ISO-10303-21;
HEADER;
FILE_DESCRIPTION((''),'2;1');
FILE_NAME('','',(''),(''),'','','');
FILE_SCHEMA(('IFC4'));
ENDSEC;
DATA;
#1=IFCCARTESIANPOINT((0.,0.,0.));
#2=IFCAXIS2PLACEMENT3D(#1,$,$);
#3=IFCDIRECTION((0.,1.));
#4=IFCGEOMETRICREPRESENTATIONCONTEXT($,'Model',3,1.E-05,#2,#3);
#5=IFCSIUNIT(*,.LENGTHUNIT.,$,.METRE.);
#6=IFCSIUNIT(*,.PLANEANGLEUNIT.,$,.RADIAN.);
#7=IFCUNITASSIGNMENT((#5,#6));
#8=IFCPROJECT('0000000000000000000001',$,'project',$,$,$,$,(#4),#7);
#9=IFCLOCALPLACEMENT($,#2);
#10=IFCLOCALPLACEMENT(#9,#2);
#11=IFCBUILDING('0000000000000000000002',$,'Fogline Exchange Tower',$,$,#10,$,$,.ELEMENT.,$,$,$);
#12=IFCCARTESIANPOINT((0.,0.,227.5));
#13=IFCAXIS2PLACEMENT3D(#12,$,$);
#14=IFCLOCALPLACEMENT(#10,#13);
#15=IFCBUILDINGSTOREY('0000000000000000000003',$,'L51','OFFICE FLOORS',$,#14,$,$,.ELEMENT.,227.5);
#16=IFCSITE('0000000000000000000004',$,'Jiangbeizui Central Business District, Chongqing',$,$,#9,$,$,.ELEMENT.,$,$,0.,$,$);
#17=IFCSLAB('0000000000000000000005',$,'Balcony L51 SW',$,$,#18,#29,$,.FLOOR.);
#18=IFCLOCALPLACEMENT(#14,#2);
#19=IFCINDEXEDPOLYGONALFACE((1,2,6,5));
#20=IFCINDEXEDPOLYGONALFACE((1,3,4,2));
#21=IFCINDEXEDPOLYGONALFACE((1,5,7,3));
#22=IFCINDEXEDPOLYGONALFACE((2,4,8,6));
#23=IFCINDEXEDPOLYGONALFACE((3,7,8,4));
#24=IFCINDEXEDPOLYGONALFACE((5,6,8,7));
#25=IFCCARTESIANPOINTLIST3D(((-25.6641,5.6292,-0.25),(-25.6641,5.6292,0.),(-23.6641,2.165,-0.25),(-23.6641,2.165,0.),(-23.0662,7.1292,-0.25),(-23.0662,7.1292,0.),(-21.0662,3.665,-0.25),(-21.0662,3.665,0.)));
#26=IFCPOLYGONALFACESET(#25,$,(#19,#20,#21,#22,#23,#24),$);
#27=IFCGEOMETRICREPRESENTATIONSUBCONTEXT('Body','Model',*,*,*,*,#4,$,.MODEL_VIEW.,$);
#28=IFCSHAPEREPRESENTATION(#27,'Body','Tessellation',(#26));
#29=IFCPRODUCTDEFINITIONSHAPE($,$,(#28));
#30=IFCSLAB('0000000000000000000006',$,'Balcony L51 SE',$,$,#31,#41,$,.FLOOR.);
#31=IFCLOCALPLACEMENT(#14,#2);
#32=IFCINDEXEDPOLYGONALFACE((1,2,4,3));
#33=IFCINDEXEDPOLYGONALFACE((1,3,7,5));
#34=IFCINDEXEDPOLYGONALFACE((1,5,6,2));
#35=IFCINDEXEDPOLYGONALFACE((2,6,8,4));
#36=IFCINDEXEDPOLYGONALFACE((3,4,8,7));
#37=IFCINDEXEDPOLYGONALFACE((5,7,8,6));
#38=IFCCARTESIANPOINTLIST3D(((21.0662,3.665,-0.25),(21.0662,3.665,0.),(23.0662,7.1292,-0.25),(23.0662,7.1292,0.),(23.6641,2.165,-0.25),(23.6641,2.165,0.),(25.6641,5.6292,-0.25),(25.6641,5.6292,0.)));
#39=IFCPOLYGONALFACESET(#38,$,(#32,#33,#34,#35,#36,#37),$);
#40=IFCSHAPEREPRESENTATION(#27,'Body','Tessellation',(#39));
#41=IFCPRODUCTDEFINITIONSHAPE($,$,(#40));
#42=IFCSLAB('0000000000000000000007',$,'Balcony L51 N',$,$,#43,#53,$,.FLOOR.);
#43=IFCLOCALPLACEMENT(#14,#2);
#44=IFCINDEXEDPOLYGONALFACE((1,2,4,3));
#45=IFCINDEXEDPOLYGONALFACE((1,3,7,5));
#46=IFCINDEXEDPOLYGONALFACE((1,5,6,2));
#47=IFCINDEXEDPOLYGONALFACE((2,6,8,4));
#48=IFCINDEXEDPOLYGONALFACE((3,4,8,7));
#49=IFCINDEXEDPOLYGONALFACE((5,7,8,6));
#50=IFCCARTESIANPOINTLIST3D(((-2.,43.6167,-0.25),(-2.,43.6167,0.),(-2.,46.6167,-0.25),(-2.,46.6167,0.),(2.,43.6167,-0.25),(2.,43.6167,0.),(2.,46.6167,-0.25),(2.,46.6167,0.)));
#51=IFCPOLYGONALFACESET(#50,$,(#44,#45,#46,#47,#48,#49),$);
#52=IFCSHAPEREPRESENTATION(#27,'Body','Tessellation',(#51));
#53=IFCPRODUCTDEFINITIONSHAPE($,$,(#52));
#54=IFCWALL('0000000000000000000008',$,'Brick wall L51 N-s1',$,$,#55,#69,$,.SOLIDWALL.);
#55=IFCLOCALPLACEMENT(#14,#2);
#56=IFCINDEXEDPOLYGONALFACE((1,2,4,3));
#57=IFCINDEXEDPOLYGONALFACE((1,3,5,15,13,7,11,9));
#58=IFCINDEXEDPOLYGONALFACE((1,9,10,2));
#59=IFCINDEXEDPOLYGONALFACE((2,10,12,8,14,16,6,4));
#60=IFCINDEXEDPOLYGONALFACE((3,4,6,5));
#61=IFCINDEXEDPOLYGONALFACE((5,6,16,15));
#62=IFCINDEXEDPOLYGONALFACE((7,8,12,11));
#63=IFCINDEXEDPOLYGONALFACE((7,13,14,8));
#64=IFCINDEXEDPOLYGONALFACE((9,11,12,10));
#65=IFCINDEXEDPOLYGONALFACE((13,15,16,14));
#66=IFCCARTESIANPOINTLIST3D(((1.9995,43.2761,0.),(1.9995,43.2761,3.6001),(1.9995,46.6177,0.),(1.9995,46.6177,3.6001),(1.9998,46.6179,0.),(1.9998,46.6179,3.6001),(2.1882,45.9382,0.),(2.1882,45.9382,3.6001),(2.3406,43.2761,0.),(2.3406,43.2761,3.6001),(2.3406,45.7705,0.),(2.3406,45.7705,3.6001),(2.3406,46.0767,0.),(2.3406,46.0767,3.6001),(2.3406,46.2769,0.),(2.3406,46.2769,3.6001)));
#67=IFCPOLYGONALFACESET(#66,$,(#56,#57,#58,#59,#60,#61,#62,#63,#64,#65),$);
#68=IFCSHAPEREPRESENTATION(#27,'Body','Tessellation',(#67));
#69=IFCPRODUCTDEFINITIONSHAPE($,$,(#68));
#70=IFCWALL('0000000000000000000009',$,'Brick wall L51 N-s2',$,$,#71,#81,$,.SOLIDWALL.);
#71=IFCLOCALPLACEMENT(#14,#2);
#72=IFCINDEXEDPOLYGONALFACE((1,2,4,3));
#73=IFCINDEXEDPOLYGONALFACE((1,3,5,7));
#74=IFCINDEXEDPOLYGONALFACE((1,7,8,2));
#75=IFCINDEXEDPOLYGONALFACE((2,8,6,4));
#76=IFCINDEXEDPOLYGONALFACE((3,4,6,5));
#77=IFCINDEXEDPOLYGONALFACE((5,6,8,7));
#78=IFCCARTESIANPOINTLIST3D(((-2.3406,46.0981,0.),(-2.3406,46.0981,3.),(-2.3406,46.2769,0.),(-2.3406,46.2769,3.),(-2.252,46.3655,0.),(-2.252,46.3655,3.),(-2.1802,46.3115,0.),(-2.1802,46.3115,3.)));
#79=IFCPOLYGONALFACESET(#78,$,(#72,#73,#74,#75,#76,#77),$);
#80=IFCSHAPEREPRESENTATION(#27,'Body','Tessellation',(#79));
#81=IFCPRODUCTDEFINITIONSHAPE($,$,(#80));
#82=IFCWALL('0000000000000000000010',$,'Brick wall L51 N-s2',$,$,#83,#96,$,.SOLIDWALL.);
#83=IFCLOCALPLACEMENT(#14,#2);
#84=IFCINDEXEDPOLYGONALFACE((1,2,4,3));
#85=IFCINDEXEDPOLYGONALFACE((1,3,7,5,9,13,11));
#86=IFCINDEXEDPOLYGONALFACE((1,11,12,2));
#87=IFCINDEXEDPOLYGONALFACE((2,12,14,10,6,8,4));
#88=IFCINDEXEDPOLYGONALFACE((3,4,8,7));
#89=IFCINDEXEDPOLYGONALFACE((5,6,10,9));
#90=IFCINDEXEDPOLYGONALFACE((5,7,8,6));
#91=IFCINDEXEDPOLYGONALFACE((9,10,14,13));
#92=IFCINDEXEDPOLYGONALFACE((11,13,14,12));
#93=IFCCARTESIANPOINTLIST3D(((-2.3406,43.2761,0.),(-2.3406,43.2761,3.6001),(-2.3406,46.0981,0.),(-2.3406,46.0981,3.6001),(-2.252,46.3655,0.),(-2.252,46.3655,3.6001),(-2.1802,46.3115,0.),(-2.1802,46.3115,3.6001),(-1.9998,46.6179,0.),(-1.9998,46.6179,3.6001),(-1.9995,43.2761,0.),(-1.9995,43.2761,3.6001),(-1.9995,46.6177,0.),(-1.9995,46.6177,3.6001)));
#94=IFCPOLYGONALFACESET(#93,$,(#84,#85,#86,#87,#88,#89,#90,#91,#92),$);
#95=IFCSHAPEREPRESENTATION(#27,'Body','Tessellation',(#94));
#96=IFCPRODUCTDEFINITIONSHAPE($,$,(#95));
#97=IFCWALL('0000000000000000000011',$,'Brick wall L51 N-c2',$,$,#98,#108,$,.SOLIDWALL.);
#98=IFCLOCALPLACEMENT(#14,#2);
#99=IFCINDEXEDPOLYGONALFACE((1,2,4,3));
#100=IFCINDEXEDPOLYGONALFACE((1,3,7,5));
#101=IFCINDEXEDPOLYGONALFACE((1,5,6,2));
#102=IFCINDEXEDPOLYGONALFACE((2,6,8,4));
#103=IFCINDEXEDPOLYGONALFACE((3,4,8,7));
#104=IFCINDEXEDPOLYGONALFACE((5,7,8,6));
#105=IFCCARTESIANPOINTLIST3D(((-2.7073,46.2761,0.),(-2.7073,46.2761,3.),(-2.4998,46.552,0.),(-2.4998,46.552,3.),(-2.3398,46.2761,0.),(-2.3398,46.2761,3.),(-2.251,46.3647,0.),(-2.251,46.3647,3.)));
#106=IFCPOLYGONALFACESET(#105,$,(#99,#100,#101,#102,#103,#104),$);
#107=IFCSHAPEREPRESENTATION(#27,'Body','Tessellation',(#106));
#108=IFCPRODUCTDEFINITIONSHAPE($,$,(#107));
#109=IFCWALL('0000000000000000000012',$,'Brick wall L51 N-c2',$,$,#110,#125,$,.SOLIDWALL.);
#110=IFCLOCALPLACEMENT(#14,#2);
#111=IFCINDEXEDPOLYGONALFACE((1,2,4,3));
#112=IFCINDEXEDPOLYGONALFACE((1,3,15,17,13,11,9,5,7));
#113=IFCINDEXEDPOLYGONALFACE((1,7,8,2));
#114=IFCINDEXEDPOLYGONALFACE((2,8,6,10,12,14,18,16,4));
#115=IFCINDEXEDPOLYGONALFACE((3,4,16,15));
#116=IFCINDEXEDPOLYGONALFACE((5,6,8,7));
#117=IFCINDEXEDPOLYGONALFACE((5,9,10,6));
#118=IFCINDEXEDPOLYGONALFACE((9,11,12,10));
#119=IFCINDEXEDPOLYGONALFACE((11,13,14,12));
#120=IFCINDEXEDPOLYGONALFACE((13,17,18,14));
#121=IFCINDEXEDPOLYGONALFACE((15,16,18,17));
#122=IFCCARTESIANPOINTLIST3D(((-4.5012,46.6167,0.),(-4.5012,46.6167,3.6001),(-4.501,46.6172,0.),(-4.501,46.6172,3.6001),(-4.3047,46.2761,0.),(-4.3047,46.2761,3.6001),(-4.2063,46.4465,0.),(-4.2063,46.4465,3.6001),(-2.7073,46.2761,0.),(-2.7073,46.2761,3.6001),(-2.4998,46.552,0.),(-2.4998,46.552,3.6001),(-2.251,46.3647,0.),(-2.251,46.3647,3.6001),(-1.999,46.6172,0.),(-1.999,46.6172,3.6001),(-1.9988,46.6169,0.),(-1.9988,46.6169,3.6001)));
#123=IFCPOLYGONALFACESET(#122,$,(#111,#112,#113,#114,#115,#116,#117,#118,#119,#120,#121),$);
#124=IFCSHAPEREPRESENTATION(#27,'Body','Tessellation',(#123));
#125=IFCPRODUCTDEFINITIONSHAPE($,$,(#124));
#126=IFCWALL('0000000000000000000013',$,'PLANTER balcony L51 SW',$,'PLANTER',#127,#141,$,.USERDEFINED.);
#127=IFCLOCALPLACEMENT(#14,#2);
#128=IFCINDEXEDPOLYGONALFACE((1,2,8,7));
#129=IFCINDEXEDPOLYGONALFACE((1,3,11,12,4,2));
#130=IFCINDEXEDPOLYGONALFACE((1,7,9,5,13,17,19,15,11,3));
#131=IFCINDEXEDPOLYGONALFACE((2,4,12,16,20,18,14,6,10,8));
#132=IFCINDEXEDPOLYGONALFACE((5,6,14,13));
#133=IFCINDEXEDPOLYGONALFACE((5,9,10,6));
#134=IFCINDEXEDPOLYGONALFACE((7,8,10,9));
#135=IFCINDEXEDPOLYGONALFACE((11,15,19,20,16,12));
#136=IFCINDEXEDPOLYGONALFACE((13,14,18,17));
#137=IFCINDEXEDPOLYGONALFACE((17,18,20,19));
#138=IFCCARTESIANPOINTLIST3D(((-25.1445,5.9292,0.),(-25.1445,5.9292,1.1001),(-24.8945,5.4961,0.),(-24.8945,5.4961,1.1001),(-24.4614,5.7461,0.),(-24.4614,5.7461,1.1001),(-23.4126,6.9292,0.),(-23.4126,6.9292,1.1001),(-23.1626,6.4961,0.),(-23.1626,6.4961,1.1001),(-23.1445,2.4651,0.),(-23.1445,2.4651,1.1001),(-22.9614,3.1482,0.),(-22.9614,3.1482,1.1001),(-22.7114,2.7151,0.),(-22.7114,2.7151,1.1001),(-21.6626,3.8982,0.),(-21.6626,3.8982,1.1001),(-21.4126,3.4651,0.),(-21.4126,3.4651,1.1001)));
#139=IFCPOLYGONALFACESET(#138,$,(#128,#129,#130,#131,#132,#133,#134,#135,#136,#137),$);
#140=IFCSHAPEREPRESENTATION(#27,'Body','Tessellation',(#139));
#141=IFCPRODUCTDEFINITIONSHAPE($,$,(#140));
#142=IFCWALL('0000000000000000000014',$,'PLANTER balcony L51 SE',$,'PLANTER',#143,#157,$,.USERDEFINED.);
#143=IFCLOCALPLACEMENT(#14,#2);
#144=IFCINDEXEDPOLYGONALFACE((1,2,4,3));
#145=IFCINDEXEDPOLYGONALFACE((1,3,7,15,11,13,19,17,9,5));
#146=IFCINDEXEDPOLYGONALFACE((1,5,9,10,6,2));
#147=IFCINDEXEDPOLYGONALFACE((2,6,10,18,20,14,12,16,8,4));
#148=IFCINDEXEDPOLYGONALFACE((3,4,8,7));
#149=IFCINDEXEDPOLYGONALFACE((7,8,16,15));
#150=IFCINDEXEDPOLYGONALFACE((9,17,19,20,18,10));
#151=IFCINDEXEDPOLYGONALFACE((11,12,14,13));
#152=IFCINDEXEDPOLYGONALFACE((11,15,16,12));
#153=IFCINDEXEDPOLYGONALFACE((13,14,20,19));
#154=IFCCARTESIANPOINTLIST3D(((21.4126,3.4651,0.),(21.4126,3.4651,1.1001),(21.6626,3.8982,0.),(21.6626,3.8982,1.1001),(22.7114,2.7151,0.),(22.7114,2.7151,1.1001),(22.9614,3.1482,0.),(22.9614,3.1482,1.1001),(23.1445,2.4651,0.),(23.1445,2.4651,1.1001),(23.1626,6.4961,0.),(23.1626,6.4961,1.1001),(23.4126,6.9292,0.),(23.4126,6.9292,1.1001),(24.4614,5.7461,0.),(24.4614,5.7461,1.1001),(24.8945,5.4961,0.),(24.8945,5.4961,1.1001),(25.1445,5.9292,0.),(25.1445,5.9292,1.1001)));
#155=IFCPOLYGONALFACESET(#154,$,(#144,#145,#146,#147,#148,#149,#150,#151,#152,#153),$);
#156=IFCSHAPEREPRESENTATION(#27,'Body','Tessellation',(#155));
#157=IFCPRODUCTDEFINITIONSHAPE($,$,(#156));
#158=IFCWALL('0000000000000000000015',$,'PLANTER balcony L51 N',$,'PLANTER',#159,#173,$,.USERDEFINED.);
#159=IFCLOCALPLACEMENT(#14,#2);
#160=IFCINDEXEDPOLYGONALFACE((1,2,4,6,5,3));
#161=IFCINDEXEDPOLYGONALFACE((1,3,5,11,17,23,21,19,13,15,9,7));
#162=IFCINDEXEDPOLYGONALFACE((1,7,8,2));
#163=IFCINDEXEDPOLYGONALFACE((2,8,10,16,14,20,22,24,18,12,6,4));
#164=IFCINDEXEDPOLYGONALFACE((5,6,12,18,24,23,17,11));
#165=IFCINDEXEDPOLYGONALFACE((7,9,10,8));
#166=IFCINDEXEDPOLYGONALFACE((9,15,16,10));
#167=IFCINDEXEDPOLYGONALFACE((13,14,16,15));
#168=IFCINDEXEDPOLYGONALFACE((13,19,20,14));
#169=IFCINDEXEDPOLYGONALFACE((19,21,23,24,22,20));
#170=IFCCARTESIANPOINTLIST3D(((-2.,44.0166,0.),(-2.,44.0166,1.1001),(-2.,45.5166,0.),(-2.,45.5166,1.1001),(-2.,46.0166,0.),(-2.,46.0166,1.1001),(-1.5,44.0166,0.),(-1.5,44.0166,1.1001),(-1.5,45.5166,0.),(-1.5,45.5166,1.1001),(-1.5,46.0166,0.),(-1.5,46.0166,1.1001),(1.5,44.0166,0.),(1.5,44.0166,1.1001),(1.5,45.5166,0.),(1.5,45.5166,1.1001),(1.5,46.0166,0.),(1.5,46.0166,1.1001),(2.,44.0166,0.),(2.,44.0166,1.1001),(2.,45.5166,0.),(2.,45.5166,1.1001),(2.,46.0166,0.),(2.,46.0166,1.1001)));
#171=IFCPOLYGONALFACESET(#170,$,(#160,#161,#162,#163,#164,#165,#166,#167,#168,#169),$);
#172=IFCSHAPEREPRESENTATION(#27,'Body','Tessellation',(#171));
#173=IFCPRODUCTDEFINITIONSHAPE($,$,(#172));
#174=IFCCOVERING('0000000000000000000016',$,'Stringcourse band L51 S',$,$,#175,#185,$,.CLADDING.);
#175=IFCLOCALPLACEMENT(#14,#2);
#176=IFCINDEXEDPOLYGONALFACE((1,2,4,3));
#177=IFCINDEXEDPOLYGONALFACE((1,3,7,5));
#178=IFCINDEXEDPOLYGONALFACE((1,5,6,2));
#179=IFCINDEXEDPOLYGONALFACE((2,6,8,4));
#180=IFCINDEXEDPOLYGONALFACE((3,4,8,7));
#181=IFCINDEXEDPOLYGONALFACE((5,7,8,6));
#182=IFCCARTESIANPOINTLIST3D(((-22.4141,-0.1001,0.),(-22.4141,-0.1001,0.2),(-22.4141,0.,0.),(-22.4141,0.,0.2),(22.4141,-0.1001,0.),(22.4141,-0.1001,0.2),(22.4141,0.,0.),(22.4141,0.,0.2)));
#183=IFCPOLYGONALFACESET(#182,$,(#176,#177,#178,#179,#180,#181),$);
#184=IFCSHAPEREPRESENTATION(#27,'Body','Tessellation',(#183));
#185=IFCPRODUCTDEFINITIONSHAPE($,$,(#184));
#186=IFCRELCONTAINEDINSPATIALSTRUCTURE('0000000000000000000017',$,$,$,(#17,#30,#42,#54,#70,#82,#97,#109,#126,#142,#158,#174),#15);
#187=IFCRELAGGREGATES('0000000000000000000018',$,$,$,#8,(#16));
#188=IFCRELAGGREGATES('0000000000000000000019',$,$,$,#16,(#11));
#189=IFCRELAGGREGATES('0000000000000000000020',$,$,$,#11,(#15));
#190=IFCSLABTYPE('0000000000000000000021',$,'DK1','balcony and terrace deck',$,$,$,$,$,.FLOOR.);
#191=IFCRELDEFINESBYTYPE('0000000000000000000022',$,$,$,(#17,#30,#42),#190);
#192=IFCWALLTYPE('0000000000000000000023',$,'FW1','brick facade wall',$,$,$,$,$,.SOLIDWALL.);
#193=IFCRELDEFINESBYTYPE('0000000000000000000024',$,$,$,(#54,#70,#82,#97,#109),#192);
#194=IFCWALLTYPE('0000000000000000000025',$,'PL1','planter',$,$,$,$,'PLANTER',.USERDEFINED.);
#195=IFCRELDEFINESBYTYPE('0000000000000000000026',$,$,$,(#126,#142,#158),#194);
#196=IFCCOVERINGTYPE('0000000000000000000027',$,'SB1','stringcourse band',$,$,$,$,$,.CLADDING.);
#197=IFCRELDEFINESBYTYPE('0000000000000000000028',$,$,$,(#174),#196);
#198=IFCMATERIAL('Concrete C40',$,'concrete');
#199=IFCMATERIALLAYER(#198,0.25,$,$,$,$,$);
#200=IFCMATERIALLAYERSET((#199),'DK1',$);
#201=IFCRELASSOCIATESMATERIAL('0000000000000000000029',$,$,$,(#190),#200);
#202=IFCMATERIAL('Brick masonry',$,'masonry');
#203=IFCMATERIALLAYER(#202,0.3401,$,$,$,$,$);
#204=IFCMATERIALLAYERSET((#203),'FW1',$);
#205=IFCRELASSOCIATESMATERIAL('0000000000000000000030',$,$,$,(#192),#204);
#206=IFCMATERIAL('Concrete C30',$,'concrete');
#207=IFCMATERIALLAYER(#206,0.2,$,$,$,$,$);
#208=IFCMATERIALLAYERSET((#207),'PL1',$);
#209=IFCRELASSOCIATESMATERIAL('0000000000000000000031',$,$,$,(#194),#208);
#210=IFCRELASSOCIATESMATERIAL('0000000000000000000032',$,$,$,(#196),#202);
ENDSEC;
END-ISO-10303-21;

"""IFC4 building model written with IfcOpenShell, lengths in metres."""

from ifc_helpers import new_model, si_unit, direction, frame, origin, place, context, subcontext, project, spatial, polyline, outline, extrude, material, layer, layer_set, type_object, element, save


model = new_model("IFC4")

# Units and contexts
model_context = context("Model", 3, precision=1e-05, world=origin(), true_north=direction((0.0, 1.0)))
body_context = subcontext(model_context, "Body", "Model", "MODEL_VIEW")
ifc_project = project(units=[si_unit("LENGTHUNIT", "METRE"), si_unit("PLANEANGLEUNIT", "RADIAN")], contexts=[model_context])

# Site, building, storey
site_placement = place(None, origin())
site = spatial("IfcSite", under=ifc_project, at=site_placement, Name="Jiangbeizui Central Business District, Chongqing", CompositionType="ELEMENT", RefElevation=0.0)
building_placement = place(site_placement, origin())
building = spatial("IfcBuilding", under=site, at=building_placement, Name="Fogline Exchange Tower", CompositionType="ELEMENT")
storey_placement = place(building_placement, frame((0.0, 0.0, 227.5)))
storey = spatial("IfcBuildingStorey", under=building, at=storey_placement, Name="L51", Description="OFFICE FLOORS", CompositionType="ELEMENT", Elevation=227.5)

# Slabs
ifc_material_1 = material(Name="Concrete C40", Category="concrete")
ifc_layer_1 = layer(ifc_material_1, 0.25)
ifc_layer_set_1 = layer_set([ifc_layer_1], Name="DK1")
slab_type = type_object("IfcSlabType", Name="DK1", Description="balcony and terrace deck", PredefinedType="FLOOR", material=ifc_layer_set_1)
slab_1_placement = place(storey_placement, frame((0.0, 0.0, -0.25)))
element("IfcSlab", 1, at=slab_1_placement, inside=storey, type_object=slab_type, Name="Balcony L51 SW", PredefinedType="FLOOR", context=body_context, shape_type="SweptSolid", body=[
    extrude(outline(polyline([(-25.6641, 5.6292), (-23.6641, 2.165), (-21.0662, 3.665), (-23.0662, 7.1292), (-25.6641, 5.6292)])), origin(), (0.0, 0.0, 1.0), 0.25),
])
slab_2_placement = place(storey_placement, frame((0.0, 0.0, -0.25)))
element("IfcSlab", 2, at=slab_2_placement, inside=storey, type_object=slab_type, Name="Balcony L51 SE", PredefinedType="FLOOR", context=body_context, shape_type="SweptSolid", body=[
    extrude(outline(polyline([(23.6641, 2.165), (25.6641, 5.6292), (23.0662, 7.1292), (21.0662, 3.665), (23.6641, 2.165)])), origin(), (0.0, 0.0, 1.0), 0.25),
])
slab_3_placement = place(storey_placement, frame((0.0, 0.0, -0.25)))
element("IfcSlab", 3, at=slab_3_placement, inside=storey, type_object=slab_type, Name="Balcony L51 N", PredefinedType="FLOOR", context=body_context, shape_type="SweptSolid", body=[
    extrude(outline(polyline([(2.0, 46.6167), (-2.0, 46.6167), (-2.0, 43.6167), (2.0, 43.6167), (2.0, 46.6167)])), origin(), (0.0, 0.0, 1.0), 0.25),
])

# Walls
ifc_material_2 = material(Name="Brick masonry", Category="masonry")
ifc_layer_2 = layer(ifc_material_2, 0.3401)
ifc_layer_set_2 = layer_set([ifc_layer_2], Name="FW1")
wall_type_1 = type_object("IfcWallType", Name="FW1", Description="brick facade wall", PredefinedType="SOLIDWALL", material=ifc_layer_set_2)
wall_1_placement = place(storey_placement, origin())
element("IfcWall", 4, at=wall_1_placement, inside=storey, type_object=wall_type_1, Name="Brick wall L51 N-s1", PredefinedType="SOLIDWALL", context=body_context, shape_type="SweptSolid", body=[
    extrude(outline(polyline([(1.9995, 43.2761), (1.9995, 46.6177), (1.9998, 46.6179), (2.3406, 46.2769), (2.3406, 46.0767), (2.1882, 45.9382), (2.3406, 45.7705), (2.3406, 43.2761), (1.9995, 43.2761)])), origin(), (0.0, 0.0, 1.0), 3.6001),
])
wall_2_placement = place(storey_placement, origin())
element("IfcWall", 5, at=wall_2_placement, inside=storey, type_object=wall_type_1, Name="Brick wall L51 N-s2", PredefinedType="SOLIDWALL", context=body_context, shape_type="SweptSolid", body=[
    extrude(outline(polyline([(-2.3406, 46.2769), (-2.252, 46.3655), (-2.1802, 46.3115), (-2.3406, 46.0981), (-2.3406, 46.2769)])), origin(), (0.0, 0.0, 1.0), 3.0),
])
wall_3_placement = place(storey_placement, origin())
element("IfcWall", 6, at=wall_3_placement, inside=storey, type_object=wall_type_1, Name="Brick wall L51 N-s2", PredefinedType="SOLIDWALL", context=body_context, shape_type="SweptSolid", body=[
    extrude(outline(polyline([(-1.9995, 43.2761), (-2.3406, 43.2761), (-2.3406, 46.0981), (-2.1802, 46.3115), (-2.252, 46.3655), (-1.9998, 46.6179), (-1.9995, 46.6177), (-1.9995, 43.2761)])), origin(), (0.0, 0.0, 1.0), 3.6001),
])
wall_4_placement = place(storey_placement, origin())
element("IfcWall", 7, at=wall_4_placement, inside=storey, type_object=wall_type_1, Name="Brick wall L51 N-c2", PredefinedType="SOLIDWALL", context=body_context, shape_type="SweptSolid", body=[
    extrude(outline(polyline([(-2.3398, 46.2761), (-2.7073, 46.2761), (-2.4998, 46.552), (-2.251, 46.3647), (-2.3398, 46.2761)])), origin(), (0.0, 0.0, 1.0), 3.0),
])
wall_5_placement = place(storey_placement, origin())
element("IfcWall", 8, at=wall_5_placement, inside=storey, type_object=wall_type_1, Name="Brick wall L51 N-c2", PredefinedType="SOLIDWALL", context=body_context, shape_type="SweptSolid", body=[
    extrude(outline(polyline([(-4.2063, 46.4465), (-4.5012, 46.6167), (-4.501, 46.6172), (-1.999, 46.6172), (-1.9988, 46.6169), (-2.251, 46.3647), (-2.4998, 46.552), (-2.7073, 46.2761), (-4.3047, 46.2761), (-4.2063, 46.4465)])), origin(), (0.0, 0.0, 1.0), 3.6001),
])
ifc_material_3 = material(Name="Concrete C30", Category="concrete")
ifc_layer_3 = layer(ifc_material_3, 0.2)
ifc_layer_set_3 = layer_set([ifc_layer_3], Name="PL1")
wall_type_2 = type_object("IfcWallType", Name="PL1", Description="planter", ElementType="PLANTER", PredefinedType="USERDEFINED", material=ifc_layer_set_3)
wall_6_placement = place(storey_placement, origin())
element("IfcWall", 9, at=wall_6_placement, inside=storey, type_object=wall_type_2, Name="PLANTER balcony L51 SW", ObjectType="PLANTER", PredefinedType="USERDEFINED", context=body_context, shape_type="SweptSolid", body=[
    extrude(outline(polyline([(-21.6626, 3.8982), (-22.9614, 3.1482), (-24.4614, 5.7461), (-23.1626, 6.4961), (-23.4126, 6.9292), (-25.1445, 5.9292), (-24.8945, 5.4961), (-23.1445, 2.4651), (-22.7114, 2.7151), (-22.7114, 2.7151), (-21.4126, 3.4651), (-21.6626, 3.8982)])), origin(), (0.0, 0.0, 1.0), 1.1001),
])
wall_7_placement = place(storey_placement, origin())
element("IfcWall", 10, at=wall_7_placement, inside=storey, type_object=wall_type_2, Name="PLANTER balcony L51 SE", ObjectType="PLANTER", PredefinedType="USERDEFINED", context=body_context, shape_type="SweptSolid", body=[
    extrude(outline(polyline([(21.4126, 3.4651), (22.7114, 2.7151), (22.7114, 2.7151), (23.1445, 2.4651), (24.8945, 5.4961), (25.1445, 5.9292), (23.4126, 6.9292), (23.1626, 6.4961), (24.4614, 5.7461), (22.9614, 3.1482), (21.6626, 3.8982), (21.4126, 3.4651)])), origin(), (0.0, 0.0, 1.0), 1.1001),
])
wall_8_placement = place(storey_placement, origin())
element("IfcWall", 11, at=wall_8_placement, inside=storey, type_object=wall_type_2, Name="PLANTER balcony L51 N", ObjectType="PLANTER", PredefinedType="USERDEFINED", context=body_context, shape_type="SweptSolid", body=[
    extrude(outline(polyline([(-1.5, 46.0166), (-2.0, 46.0166), (-2.0, 45.5166), (-2.0, 44.0166), (-1.5, 44.0166), (-1.5, 45.5166), (1.5, 45.5166), (1.5, 44.0166), (2.0, 44.0166), (2.0, 45.5166), (2.0, 46.0166), (1.5, 46.0166), (-1.5, 46.0166)])), origin(), (0.0, 0.0, 1.0), 1.1001),
])

# Covering
covering_type = type_object("IfcCoveringType", Name="SB1", Description="stringcourse band", PredefinedType="CLADDING", material=ifc_material_2)
covering_1_placement = place(storey_placement, origin())
element("IfcCovering", 12, at=covering_1_placement, inside=storey, type_object=covering_type, Name="Stringcourse band L51 S", PredefinedType="CLADDING", context=body_context, shape_type="SweptSolid", body=[
    extrude(outline(polyline([(-22.4141, 0.0), (-22.4141, -0.1001), (22.4141, -0.1001), (22.4141, 0.0), (-22.4141, 0.0)])), origin(), (0.0, 0.0, 1.0), 0.2),
])

save(model, "model.ifc")
